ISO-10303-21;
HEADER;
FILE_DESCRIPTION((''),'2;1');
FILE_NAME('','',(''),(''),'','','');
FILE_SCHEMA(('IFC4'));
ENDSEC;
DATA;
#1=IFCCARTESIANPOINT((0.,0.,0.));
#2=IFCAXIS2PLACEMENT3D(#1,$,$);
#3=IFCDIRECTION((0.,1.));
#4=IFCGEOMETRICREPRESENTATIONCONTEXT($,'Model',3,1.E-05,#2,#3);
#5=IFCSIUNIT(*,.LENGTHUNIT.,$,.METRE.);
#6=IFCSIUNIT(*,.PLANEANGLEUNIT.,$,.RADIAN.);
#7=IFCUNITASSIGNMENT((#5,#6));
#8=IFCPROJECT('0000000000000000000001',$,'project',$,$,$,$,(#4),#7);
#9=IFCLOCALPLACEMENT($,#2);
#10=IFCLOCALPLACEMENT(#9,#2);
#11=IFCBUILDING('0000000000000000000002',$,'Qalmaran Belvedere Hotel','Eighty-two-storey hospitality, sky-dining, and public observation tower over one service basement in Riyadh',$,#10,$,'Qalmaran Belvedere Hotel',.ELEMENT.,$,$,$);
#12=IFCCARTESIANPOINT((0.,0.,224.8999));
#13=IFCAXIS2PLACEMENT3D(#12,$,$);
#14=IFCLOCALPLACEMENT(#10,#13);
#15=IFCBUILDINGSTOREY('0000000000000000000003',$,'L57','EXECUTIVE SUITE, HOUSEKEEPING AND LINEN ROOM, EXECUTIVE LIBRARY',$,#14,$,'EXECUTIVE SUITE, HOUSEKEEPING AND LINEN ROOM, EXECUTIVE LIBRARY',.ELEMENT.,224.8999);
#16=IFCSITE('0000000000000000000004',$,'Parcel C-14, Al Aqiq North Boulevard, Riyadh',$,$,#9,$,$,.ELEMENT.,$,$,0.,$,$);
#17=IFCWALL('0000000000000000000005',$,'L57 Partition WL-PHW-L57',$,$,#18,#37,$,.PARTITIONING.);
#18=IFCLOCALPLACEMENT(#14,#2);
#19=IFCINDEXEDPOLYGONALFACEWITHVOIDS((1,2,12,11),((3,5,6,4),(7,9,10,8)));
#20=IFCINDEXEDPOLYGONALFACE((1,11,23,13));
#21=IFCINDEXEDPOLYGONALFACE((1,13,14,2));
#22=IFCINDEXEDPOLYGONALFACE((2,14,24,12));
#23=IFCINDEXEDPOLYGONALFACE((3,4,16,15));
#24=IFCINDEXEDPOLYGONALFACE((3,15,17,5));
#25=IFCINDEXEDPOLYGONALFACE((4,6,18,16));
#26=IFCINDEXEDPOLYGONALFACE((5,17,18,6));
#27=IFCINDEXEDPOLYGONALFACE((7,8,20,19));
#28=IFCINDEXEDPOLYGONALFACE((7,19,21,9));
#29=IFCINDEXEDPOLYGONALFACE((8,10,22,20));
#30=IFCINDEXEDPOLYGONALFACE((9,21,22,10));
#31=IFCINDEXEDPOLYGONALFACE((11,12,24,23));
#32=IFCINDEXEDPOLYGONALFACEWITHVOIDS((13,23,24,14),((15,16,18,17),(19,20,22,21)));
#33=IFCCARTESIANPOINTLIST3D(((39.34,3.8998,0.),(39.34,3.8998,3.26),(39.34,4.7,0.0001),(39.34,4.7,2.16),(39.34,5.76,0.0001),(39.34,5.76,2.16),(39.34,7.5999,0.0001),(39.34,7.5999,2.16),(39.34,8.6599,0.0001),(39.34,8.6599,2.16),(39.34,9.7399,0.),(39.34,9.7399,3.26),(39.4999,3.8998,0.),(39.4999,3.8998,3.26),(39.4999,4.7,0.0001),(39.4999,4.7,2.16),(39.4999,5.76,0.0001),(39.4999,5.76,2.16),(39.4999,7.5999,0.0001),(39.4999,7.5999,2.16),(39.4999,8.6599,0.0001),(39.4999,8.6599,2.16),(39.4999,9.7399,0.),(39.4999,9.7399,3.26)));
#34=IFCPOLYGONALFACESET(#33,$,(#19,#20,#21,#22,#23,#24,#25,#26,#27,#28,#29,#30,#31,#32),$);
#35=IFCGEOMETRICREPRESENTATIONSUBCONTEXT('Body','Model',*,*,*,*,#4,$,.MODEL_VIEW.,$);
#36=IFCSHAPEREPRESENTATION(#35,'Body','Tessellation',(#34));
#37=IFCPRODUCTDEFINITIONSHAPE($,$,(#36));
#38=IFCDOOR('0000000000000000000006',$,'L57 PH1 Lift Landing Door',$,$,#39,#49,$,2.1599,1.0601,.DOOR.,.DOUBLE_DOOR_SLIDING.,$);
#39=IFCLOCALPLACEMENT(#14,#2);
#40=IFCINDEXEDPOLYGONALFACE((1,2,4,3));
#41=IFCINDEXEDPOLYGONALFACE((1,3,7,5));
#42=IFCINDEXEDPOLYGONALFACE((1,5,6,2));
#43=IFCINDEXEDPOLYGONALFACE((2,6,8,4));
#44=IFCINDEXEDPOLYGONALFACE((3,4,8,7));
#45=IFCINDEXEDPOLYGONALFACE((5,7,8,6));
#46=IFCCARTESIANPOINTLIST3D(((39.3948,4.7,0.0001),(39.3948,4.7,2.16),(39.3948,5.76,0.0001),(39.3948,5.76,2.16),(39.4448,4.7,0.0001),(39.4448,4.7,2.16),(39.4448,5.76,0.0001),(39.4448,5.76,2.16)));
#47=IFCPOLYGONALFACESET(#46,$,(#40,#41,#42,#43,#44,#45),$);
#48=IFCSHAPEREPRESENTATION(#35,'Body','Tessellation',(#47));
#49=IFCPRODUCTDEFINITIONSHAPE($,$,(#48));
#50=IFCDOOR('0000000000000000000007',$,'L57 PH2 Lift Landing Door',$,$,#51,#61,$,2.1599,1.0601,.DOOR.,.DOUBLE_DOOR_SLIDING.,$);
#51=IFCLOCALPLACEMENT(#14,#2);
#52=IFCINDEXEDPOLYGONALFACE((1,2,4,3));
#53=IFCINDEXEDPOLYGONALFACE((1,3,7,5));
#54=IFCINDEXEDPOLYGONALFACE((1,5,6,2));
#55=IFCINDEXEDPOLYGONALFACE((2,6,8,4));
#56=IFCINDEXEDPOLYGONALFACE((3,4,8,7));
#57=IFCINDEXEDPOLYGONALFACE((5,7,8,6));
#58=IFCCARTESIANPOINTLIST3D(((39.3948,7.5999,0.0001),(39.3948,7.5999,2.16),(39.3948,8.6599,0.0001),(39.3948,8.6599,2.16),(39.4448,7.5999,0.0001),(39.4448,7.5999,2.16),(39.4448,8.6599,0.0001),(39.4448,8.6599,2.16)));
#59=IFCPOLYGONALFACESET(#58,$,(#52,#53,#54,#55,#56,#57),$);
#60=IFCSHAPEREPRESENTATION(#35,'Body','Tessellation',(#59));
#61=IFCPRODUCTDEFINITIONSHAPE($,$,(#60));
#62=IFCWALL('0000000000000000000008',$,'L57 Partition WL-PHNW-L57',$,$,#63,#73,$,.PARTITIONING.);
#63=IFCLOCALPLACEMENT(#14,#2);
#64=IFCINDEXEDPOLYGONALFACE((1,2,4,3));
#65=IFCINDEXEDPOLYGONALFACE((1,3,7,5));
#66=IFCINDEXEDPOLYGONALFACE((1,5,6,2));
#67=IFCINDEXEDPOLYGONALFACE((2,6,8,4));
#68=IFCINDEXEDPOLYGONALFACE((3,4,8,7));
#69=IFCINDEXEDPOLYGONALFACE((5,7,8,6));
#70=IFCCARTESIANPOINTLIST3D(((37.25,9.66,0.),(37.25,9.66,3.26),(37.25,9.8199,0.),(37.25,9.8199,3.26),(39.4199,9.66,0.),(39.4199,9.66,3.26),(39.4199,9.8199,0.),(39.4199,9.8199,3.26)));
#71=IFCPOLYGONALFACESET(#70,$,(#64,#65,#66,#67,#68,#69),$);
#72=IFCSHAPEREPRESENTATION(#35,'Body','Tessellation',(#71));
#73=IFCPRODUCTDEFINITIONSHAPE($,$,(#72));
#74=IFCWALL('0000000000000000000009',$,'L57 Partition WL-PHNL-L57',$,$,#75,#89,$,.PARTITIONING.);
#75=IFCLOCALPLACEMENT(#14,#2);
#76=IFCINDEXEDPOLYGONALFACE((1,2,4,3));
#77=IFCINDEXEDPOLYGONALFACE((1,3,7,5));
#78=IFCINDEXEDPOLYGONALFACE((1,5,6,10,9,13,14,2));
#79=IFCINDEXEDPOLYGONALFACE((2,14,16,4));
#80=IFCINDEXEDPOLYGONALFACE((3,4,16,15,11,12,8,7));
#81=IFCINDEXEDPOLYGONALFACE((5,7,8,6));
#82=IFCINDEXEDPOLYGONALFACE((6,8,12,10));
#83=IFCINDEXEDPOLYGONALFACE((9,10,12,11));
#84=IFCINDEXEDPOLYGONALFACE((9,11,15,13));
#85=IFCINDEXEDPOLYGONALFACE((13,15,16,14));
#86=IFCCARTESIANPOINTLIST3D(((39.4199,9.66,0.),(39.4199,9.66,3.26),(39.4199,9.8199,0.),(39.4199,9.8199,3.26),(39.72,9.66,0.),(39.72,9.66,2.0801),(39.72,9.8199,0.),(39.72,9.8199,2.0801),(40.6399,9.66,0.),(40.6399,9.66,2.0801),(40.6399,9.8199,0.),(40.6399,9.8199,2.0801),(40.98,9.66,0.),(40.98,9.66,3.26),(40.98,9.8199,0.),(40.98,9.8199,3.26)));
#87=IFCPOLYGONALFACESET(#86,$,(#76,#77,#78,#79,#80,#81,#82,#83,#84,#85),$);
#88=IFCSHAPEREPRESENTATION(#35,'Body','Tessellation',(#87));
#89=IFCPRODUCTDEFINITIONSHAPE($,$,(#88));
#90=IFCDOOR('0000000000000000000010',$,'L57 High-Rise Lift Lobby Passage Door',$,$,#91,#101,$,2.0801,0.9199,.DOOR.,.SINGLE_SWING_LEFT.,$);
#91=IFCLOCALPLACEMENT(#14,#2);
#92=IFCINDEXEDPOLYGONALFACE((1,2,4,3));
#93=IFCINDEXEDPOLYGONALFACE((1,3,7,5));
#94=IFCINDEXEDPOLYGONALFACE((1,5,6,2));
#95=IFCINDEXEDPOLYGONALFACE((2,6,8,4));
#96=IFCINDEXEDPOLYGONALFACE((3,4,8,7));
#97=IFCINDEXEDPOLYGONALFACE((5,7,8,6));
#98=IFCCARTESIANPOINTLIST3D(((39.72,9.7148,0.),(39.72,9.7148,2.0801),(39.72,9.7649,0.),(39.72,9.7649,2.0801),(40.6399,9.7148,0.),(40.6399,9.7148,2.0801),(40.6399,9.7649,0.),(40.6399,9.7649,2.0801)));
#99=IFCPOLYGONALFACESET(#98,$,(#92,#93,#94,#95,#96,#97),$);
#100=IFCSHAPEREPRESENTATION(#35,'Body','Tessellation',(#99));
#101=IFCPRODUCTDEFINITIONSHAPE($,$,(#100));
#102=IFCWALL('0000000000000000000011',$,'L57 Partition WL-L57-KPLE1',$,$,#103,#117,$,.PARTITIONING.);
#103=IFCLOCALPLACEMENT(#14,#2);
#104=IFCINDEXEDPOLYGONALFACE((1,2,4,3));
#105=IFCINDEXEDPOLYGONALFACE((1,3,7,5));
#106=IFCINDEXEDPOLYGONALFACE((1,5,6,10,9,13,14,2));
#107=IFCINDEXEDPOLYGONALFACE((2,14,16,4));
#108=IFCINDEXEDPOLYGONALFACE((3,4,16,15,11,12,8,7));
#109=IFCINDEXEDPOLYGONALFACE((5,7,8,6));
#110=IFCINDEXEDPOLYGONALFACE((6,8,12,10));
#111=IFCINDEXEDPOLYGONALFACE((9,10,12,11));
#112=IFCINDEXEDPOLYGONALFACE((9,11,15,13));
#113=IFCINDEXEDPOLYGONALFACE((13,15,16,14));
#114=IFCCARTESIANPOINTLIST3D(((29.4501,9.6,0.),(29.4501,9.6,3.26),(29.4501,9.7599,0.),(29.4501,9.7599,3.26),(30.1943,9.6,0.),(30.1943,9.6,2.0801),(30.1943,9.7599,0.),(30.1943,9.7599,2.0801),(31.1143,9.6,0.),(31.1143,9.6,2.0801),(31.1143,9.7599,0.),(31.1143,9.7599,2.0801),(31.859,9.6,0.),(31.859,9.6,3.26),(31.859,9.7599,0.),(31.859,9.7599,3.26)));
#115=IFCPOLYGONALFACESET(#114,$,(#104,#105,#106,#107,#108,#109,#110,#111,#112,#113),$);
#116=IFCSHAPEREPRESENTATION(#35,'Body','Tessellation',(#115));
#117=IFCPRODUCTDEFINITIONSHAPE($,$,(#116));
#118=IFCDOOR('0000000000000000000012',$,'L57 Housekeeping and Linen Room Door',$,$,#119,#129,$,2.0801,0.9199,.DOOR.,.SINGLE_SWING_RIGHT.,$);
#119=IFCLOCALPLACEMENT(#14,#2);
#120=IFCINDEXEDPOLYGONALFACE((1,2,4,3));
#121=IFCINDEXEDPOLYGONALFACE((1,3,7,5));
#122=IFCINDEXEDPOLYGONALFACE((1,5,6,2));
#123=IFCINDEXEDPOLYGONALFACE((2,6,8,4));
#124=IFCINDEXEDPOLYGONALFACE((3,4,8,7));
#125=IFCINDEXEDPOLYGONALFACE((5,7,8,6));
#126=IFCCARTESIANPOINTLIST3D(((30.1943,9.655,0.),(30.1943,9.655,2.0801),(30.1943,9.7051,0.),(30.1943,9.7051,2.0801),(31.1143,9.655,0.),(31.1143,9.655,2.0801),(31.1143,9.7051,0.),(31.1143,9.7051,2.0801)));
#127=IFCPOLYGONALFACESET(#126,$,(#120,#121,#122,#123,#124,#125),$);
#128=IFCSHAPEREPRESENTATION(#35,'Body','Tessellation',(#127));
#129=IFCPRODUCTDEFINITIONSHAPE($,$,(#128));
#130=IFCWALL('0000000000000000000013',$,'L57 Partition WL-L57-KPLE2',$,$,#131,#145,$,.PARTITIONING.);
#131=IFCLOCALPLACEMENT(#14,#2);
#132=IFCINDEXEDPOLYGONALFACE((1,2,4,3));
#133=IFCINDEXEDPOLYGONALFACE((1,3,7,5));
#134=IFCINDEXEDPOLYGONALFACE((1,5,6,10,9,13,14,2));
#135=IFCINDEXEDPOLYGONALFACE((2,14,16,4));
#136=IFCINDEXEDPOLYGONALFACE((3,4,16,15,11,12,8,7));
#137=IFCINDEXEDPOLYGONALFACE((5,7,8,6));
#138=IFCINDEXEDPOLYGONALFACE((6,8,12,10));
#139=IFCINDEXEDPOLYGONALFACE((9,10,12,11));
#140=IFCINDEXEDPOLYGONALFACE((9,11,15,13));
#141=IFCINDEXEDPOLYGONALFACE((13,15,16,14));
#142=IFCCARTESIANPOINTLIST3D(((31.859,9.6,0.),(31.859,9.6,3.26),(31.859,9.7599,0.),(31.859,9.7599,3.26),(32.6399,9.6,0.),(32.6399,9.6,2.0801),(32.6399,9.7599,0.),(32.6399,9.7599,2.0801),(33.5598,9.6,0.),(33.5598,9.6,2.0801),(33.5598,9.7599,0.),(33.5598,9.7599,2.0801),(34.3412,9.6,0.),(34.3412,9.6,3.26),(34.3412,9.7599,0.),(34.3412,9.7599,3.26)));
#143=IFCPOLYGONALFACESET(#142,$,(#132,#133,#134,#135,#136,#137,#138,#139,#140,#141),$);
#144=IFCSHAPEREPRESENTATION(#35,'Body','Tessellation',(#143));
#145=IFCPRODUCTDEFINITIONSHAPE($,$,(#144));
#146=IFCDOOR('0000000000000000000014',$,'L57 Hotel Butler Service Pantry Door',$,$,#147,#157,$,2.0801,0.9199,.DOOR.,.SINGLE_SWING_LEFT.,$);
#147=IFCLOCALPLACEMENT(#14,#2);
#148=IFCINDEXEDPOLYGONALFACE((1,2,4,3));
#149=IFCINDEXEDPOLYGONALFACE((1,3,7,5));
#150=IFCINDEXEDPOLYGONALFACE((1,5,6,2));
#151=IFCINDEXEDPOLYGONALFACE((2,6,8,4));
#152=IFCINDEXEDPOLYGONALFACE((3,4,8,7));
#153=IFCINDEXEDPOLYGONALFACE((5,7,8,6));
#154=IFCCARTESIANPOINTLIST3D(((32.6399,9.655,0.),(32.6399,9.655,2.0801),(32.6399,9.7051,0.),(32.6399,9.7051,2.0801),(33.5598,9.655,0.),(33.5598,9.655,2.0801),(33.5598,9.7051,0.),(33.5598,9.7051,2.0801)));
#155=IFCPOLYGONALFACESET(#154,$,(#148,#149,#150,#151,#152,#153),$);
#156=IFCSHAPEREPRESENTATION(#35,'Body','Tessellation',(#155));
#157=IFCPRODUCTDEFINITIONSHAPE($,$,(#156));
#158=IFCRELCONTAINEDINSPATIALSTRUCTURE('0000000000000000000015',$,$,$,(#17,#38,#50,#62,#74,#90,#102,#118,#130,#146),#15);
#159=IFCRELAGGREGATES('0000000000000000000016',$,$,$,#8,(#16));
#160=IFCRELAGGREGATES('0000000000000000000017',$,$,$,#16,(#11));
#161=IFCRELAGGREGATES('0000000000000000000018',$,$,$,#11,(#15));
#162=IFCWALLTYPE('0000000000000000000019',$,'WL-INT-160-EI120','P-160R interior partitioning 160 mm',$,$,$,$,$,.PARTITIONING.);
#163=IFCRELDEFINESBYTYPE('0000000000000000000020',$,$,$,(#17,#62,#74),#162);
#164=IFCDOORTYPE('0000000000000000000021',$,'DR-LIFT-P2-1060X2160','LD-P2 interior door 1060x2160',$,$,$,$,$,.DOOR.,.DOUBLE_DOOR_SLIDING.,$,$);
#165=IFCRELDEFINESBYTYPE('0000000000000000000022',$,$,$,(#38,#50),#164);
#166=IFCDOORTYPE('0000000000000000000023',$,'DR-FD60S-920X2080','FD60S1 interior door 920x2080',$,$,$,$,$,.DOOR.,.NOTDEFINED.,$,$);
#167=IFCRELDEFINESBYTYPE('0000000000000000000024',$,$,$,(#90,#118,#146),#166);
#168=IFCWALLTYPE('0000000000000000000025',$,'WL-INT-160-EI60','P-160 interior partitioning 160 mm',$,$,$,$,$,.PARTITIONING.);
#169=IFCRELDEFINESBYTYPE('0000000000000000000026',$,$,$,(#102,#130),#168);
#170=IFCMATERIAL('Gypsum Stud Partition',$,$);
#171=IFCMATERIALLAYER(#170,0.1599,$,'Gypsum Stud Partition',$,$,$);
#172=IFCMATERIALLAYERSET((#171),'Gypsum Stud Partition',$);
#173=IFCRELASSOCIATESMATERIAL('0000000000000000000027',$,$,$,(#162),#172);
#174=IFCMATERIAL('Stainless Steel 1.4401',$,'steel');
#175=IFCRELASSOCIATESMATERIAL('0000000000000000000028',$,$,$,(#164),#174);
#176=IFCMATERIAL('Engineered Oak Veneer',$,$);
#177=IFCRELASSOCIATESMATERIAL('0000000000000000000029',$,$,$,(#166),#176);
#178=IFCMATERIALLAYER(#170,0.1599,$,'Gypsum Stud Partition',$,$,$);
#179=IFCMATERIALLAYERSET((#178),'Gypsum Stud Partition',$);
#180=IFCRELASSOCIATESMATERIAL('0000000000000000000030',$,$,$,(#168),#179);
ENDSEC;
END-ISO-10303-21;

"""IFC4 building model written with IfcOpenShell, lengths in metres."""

from ifc_helpers import new_model, si_unit, direction, frame, frame_2d, origin, place, context, subcontext, project, spatial, rectangle, extrude, material, layer, layer_set, type_object, element, fill, save


model = new_model("IFC4")

# Units and contexts
model_context = context("Model", 3, precision=1e-05, world=origin(), true_north=direction((0.0, 1.0)))
body_context = subcontext(model_context, "Body", "Model", "MODEL_VIEW")
ifc_project = project(units=[si_unit("LENGTHUNIT", "METRE"), si_unit("PLANEANGLEUNIT", "RADIAN")], contexts=[model_context])

# Site, building, storey
site_placement = place(None, origin())
site = spatial("IfcSite", under=ifc_project, at=site_placement, Name="Parcel C-14, Al Aqiq North Boulevard, Riyadh", CompositionType="ELEMENT", RefElevation=0.0)
building_placement = place(site_placement, origin())
building = spatial("IfcBuilding", under=site, at=building_placement, Name="Qalmaran Belvedere Hotel", Description="Eighty-two-storey hospitality, sky-dining, and public observation tower over one service basement in Riyadh", LongName="Qalmaran Belvedere Hotel", CompositionType="ELEMENT")
storey_placement = place(building_placement, frame((0.0, 0.0, 224.8999)))
storey = spatial("IfcBuildingStorey", under=building, at=storey_placement, Name="L57", Description="EXECUTIVE SUITE, HOUSEKEEPING AND LINEN ROOM, EXECUTIVE LIBRARY", LongName="EXECUTIVE SUITE, HOUSEKEEPING AND LINEN ROOM, EXECUTIVE LIBRARY", CompositionType="ELEMENT", Elevation=224.8999)

# Shared definitions
ifc_material_1 = material(Name="Gypsum Stud Partition")

# Wall, openings, doors
ifc_layer_1 = layer(ifc_material_1, 0.1599, Name="Gypsum Stud Partition")
ifc_layer_set_1 = layer_set([ifc_layer_1], Name="Gypsum Stud Partition")
wall_type_1 = type_object("IfcWallType", Name="WL-INT-160-EI120", Description="P-160R interior partitioning 160 mm", PredefinedType="PARTITIONING", material=ifc_layer_set_1)
wall_1_placement = place(storey_placement, frame((39.4199, 3.8999, 0.0), z_axis=(0.0, 0.0, 1.0), x_axis=(0.0, 1.0, 0.0)))
wall_1 = element("IfcWall", 1, at=wall_1_placement, inside=storey, type_object=wall_type_1, Name="L57 Partition WL-PHW-L57", PredefinedType="PARTITIONING", context=body_context, shape_type="SweptSolid", body=[
    extrude(rectangle(XDim=5.8401, YDim=0.1599, at=frame_2d((2.9199, 0.0))), origin(), (0.0, 0.0, 1.0), 3.26),
])
opening_1_placement = place(wall_1_placement, frame((1.8601, 0.0, 0.0), z_axis=(0.0, 0.0, 1.0), x_axis=(-1.0, 0.0, 0.0)))
opening_1 = element("IfcOpeningElement", 2, at=opening_1_placement, cuts=wall_1, PredefinedType="OPENING", context=body_context, shape_type="SweptSolid", body=[
    extrude(rectangle(XDim=1.0601, YDim=2.1599, at=frame_2d((0.53, 1.0801))), frame((0.0, 0.0898, 0.0), z_axis=(0.0, -1.0, 0.0), x_axis=(1.0, 0.0, 0.0)), (0.0, 0.0, 1.0), 0.1799),
])
opening_2_placement = place(wall_1_placement, frame((4.76, 0.0, 0.0), z_axis=(0.0, 0.0, 1.0), x_axis=(-1.0, 0.0, 0.0)))
opening_2 = element("IfcOpeningElement", 3, at=opening_2_placement, cuts=wall_1, PredefinedType="OPENING", context=body_context, shape_type="SweptSolid", body=[
    extrude(rectangle(XDim=1.0601, YDim=2.1599, at=frame_2d((0.53, 1.0801))), frame((0.0, 0.0898, 0.0), z_axis=(0.0, -1.0, 0.0), x_axis=(1.0, 0.0, 0.0)), (0.0, 0.0, 1.0), 0.1799),
])
ifc_material_2 = material(Name="Stainless Steel 1.4401", Category="steel")
door_type_1 = type_object("IfcDoorType", Name="DR-LIFT-P2-1060X2160", Description="LD-P2 interior door 1060x2160", OperationType="DOUBLE_DOOR_SLIDING", PredefinedType="DOOR", material=ifc_material_2)
door_1_placement = place(opening_1_placement, origin())
door_1 = element("IfcDoor", 4, at=door_1_placement, inside=storey, type_object=door_type_1, Name="L57 PH1 Lift Landing Door", OperationType="DOUBLE_DOOR_SLIDING", OverallHeight=2.1599, OverallWidth=1.0601, PredefinedType="DOOR", context=body_context, shape_type="SweptSolid", body=[
    extrude(rectangle(XDim=1.0601, YDim=2.1599, at=frame_2d((0.53, 1.0801))), frame((0.0, 0.0249, 0.0), z_axis=(0.0, -1.0, 0.0), x_axis=(1.0, 0.0, 0.0)), (0.0, 0.0, 1.0), 0.05),
])
fill(opening_1, door_1)
door_2_placement = place(opening_2_placement, origin())
door_2 = element("IfcDoor", 5, at=door_2_placement, inside=storey, type_object=door_type_1, Name="L57 PH2 Lift Landing Door", OperationType="DOUBLE_DOOR_SLIDING", OverallHeight=2.1599, OverallWidth=1.0601, PredefinedType="DOOR", context=body_context, shape_type="SweptSolid", body=[
    extrude(rectangle(XDim=1.0601, YDim=2.1599, at=frame_2d((0.53, 1.0801))), frame((0.0, 0.0249, 0.0), z_axis=(0.0, -1.0, 0.0), x_axis=(1.0, 0.0, 0.0)), (0.0, 0.0, 1.0), 0.05),
])
fill(opening_2, door_2)

# Wall
wall_2_placement = place(storey_placement, frame((37.25, 9.74, 0.0), z_axis=(0.0, 0.0, 1.0), x_axis=(1.0, 0.0, 0.0)))
element("IfcWall", 6, at=wall_2_placement, inside=storey, type_object=wall_type_1, Name="L57 Partition WL-PHNW-L57", PredefinedType="PARTITIONING", context=body_context, shape_type="SweptSolid", body=[
    extrude(rectangle(XDim=2.1699, YDim=0.1599, at=frame_2d((1.085, 0.0))), origin(), (0.0, 0.0, 1.0), 3.26),
])

# Walls, openings, doors
wall_3_placement = place(storey_placement, frame((39.4199, 9.74, 0.0), z_axis=(0.0, 0.0, 1.0), x_axis=(1.0, 0.0, 0.0)))
wall_3 = element("IfcWall", 7, at=wall_3_placement, inside=storey, type_object=wall_type_1, Name="L57 Partition WL-PHNL-L57", PredefinedType="PARTITIONING", context=body_context, shape_type="SweptSolid", body=[
    extrude(rectangle(XDim=1.5601, YDim=0.1599, at=frame_2d((0.78, 0.0))), origin(), (0.0, 0.0, 1.0), 3.26),
])
opening_3_placement = place(wall_3_placement, frame((0.3, 0.0, 0.0)))
opening_3 = element("IfcOpeningElement", 8, at=opening_3_placement, cuts=wall_3, PredefinedType="OPENING", context=body_context, shape_type="SweptSolid", body=[
    extrude(rectangle(XDim=0.9199, YDim=2.0801, at=frame_2d((0.46, 1.04))), frame((0.0, 0.0898, 0.0), z_axis=(0.0, -1.0, 0.0), x_axis=(1.0, 0.0, 0.0)), (0.0, 0.0, 1.0), 0.1799),
])
ifc_material_3 = material(Name="Engineered Oak Veneer")
door_type_2 = type_object("IfcDoorType", Name="DR-FD60S-920X2080", Description="FD60S1 interior door 920x2080", OperationType="NOTDEFINED", PredefinedType="DOOR", material=ifc_material_3)
door_3_placement = place(opening_3_placement, origin())
door_3 = element("IfcDoor", 9, at=door_3_placement, inside=storey, type_object=door_type_2, Name="L57 High-Rise Lift Lobby Passage Door", OperationType="SINGLE_SWING_LEFT", OverallHeight=2.0801, OverallWidth=0.9199, PredefinedType="DOOR", context=body_context, shape_type="SweptSolid", body=[
    extrude(rectangle(XDim=0.9199, YDim=2.0801, at=frame_2d((0.46, 1.04))), frame((0.0, 0.0249, 0.0), z_axis=(0.0, -1.0, 0.0), x_axis=(1.0, 0.0, 0.0)), (0.0, 0.0, 1.0), 0.05),
])
fill(opening_3, door_3)
ifc_layer_2 = layer(ifc_material_1, 0.1599, Name="Gypsum Stud Partition")
ifc_layer_set_2 = layer_set([ifc_layer_2], Name="Gypsum Stud Partition")
wall_type_2 = type_object("IfcWallType", Name="WL-INT-160-EI60", Description="P-160 interior partitioning 160 mm", PredefinedType="PARTITIONING", material=ifc_layer_set_2)
wall_4_placement = place(storey_placement, frame((29.45, 9.6799, 0.0), z_axis=(0.0, 0.0, 1.0), x_axis=(1.0, 0.0, 0.0)))
wall_4 = element("IfcWall", 10, at=wall_4_placement, inside=storey, type_object=wall_type_2, Name="L57 Partition WL-L57-KPLE1", PredefinedType="PARTITIONING", context=body_context, shape_type="SweptSolid", body=[
    extrude(rectangle(XDim=2.4089, YDim=0.1599, at=frame_2d((1.2046, 0.0))), origin(), (0.0, 0.0, 1.0), 3.26),
])
opening_4_placement = place(wall_4_placement, frame((1.6643, 0.0, 0.0), z_axis=(0.0, 0.0, 1.0), x_axis=(-1.0, 0.0, 0.0)))
opening_4 = element("IfcOpeningElement", 11, at=opening_4_placement, cuts=wall_4, PredefinedType="OPENING", context=body_context, shape_type="SweptSolid", body=[
    extrude(rectangle(XDim=0.9199, YDim=2.0801, at=frame_2d((0.46, 1.04))), frame((0.0, 0.0898, 0.0), z_axis=(0.0, -1.0, 0.0), x_axis=(1.0, 0.0, 0.0)), (0.0, 0.0, 1.0), 0.1799),
])
door_4_placement = place(opening_4_placement, origin())
door_4 = element("IfcDoor", 12, at=door_4_placement, inside=storey, type_object=door_type_2, Name="L57 Housekeeping and Linen Room Door", OperationType="SINGLE_SWING_RIGHT", OverallHeight=2.0801, OverallWidth=0.9199, PredefinedType="DOOR", context=body_context, shape_type="SweptSolid", body=[
    extrude(rectangle(XDim=0.9199, YDim=2.0801, at=frame_2d((0.46, 1.04))), frame((0.0, 0.0249, 0.0), z_axis=(0.0, -1.0, 0.0), x_axis=(1.0, 0.0, 0.0)), (0.0, 0.0, 1.0), 0.05),
])
fill(opening_4, door_4)
wall_5_placement = place(storey_placement, frame((31.8589, 9.6799, 0.0), z_axis=(0.0, 0.0, 1.0), x_axis=(1.0, 0.0, 0.0)))
wall_5 = element("IfcWall", 13, at=wall_5_placement, inside=storey, type_object=wall_type_2, Name="L57 Partition WL-L57-KPLE2", PredefinedType="PARTITIONING", context=body_context, shape_type="SweptSolid", body=[
    extrude(rectangle(XDim=2.4822, YDim=0.1599, at=frame_2d((1.2412, 0.0))), origin(), (0.0, 0.0, 1.0), 3.26),
])
opening_5_placement = place(wall_5_placement, frame((1.7009, 0.0, 0.0), z_axis=(0.0, 0.0, 1.0), x_axis=(-1.0, 0.0, 0.0)))
opening_5 = element("IfcOpeningElement", 14, at=opening_5_placement, cuts=wall_5, PredefinedType="OPENING", context=body_context, shape_type="SweptSolid", body=[
    extrude(rectangle(XDim=0.9199, YDim=2.0801, at=frame_2d((0.46, 1.04))), frame((0.0, 0.0898, 0.0), z_axis=(0.0, -1.0, 0.0), x_axis=(1.0, 0.0, 0.0)), (0.0, 0.0, 1.0), 0.1799),
])
door_5_placement = place(opening_5_placement, origin())
door_5 = element("IfcDoor", 15, at=door_5_placement, inside=storey, type_object=door_type_2, Name="L57 Hotel Butler Service Pantry Door", OperationType="SINGLE_SWING_LEFT", OverallHeight=2.0801, OverallWidth=0.9199, PredefinedType="DOOR", context=body_context, shape_type="SweptSolid", body=[
    extrude(rectangle(XDim=0.9199, YDim=2.0801, at=frame_2d((0.46, 1.04))), frame((0.0, 0.0249, 0.0), z_axis=(0.0, -1.0, 0.0), x_axis=(1.0, 0.0, 0.0)), (0.0, 0.0, 1.0), 0.05),
])
fill(opening_5, door_5)

save(model, "model.ifc")
